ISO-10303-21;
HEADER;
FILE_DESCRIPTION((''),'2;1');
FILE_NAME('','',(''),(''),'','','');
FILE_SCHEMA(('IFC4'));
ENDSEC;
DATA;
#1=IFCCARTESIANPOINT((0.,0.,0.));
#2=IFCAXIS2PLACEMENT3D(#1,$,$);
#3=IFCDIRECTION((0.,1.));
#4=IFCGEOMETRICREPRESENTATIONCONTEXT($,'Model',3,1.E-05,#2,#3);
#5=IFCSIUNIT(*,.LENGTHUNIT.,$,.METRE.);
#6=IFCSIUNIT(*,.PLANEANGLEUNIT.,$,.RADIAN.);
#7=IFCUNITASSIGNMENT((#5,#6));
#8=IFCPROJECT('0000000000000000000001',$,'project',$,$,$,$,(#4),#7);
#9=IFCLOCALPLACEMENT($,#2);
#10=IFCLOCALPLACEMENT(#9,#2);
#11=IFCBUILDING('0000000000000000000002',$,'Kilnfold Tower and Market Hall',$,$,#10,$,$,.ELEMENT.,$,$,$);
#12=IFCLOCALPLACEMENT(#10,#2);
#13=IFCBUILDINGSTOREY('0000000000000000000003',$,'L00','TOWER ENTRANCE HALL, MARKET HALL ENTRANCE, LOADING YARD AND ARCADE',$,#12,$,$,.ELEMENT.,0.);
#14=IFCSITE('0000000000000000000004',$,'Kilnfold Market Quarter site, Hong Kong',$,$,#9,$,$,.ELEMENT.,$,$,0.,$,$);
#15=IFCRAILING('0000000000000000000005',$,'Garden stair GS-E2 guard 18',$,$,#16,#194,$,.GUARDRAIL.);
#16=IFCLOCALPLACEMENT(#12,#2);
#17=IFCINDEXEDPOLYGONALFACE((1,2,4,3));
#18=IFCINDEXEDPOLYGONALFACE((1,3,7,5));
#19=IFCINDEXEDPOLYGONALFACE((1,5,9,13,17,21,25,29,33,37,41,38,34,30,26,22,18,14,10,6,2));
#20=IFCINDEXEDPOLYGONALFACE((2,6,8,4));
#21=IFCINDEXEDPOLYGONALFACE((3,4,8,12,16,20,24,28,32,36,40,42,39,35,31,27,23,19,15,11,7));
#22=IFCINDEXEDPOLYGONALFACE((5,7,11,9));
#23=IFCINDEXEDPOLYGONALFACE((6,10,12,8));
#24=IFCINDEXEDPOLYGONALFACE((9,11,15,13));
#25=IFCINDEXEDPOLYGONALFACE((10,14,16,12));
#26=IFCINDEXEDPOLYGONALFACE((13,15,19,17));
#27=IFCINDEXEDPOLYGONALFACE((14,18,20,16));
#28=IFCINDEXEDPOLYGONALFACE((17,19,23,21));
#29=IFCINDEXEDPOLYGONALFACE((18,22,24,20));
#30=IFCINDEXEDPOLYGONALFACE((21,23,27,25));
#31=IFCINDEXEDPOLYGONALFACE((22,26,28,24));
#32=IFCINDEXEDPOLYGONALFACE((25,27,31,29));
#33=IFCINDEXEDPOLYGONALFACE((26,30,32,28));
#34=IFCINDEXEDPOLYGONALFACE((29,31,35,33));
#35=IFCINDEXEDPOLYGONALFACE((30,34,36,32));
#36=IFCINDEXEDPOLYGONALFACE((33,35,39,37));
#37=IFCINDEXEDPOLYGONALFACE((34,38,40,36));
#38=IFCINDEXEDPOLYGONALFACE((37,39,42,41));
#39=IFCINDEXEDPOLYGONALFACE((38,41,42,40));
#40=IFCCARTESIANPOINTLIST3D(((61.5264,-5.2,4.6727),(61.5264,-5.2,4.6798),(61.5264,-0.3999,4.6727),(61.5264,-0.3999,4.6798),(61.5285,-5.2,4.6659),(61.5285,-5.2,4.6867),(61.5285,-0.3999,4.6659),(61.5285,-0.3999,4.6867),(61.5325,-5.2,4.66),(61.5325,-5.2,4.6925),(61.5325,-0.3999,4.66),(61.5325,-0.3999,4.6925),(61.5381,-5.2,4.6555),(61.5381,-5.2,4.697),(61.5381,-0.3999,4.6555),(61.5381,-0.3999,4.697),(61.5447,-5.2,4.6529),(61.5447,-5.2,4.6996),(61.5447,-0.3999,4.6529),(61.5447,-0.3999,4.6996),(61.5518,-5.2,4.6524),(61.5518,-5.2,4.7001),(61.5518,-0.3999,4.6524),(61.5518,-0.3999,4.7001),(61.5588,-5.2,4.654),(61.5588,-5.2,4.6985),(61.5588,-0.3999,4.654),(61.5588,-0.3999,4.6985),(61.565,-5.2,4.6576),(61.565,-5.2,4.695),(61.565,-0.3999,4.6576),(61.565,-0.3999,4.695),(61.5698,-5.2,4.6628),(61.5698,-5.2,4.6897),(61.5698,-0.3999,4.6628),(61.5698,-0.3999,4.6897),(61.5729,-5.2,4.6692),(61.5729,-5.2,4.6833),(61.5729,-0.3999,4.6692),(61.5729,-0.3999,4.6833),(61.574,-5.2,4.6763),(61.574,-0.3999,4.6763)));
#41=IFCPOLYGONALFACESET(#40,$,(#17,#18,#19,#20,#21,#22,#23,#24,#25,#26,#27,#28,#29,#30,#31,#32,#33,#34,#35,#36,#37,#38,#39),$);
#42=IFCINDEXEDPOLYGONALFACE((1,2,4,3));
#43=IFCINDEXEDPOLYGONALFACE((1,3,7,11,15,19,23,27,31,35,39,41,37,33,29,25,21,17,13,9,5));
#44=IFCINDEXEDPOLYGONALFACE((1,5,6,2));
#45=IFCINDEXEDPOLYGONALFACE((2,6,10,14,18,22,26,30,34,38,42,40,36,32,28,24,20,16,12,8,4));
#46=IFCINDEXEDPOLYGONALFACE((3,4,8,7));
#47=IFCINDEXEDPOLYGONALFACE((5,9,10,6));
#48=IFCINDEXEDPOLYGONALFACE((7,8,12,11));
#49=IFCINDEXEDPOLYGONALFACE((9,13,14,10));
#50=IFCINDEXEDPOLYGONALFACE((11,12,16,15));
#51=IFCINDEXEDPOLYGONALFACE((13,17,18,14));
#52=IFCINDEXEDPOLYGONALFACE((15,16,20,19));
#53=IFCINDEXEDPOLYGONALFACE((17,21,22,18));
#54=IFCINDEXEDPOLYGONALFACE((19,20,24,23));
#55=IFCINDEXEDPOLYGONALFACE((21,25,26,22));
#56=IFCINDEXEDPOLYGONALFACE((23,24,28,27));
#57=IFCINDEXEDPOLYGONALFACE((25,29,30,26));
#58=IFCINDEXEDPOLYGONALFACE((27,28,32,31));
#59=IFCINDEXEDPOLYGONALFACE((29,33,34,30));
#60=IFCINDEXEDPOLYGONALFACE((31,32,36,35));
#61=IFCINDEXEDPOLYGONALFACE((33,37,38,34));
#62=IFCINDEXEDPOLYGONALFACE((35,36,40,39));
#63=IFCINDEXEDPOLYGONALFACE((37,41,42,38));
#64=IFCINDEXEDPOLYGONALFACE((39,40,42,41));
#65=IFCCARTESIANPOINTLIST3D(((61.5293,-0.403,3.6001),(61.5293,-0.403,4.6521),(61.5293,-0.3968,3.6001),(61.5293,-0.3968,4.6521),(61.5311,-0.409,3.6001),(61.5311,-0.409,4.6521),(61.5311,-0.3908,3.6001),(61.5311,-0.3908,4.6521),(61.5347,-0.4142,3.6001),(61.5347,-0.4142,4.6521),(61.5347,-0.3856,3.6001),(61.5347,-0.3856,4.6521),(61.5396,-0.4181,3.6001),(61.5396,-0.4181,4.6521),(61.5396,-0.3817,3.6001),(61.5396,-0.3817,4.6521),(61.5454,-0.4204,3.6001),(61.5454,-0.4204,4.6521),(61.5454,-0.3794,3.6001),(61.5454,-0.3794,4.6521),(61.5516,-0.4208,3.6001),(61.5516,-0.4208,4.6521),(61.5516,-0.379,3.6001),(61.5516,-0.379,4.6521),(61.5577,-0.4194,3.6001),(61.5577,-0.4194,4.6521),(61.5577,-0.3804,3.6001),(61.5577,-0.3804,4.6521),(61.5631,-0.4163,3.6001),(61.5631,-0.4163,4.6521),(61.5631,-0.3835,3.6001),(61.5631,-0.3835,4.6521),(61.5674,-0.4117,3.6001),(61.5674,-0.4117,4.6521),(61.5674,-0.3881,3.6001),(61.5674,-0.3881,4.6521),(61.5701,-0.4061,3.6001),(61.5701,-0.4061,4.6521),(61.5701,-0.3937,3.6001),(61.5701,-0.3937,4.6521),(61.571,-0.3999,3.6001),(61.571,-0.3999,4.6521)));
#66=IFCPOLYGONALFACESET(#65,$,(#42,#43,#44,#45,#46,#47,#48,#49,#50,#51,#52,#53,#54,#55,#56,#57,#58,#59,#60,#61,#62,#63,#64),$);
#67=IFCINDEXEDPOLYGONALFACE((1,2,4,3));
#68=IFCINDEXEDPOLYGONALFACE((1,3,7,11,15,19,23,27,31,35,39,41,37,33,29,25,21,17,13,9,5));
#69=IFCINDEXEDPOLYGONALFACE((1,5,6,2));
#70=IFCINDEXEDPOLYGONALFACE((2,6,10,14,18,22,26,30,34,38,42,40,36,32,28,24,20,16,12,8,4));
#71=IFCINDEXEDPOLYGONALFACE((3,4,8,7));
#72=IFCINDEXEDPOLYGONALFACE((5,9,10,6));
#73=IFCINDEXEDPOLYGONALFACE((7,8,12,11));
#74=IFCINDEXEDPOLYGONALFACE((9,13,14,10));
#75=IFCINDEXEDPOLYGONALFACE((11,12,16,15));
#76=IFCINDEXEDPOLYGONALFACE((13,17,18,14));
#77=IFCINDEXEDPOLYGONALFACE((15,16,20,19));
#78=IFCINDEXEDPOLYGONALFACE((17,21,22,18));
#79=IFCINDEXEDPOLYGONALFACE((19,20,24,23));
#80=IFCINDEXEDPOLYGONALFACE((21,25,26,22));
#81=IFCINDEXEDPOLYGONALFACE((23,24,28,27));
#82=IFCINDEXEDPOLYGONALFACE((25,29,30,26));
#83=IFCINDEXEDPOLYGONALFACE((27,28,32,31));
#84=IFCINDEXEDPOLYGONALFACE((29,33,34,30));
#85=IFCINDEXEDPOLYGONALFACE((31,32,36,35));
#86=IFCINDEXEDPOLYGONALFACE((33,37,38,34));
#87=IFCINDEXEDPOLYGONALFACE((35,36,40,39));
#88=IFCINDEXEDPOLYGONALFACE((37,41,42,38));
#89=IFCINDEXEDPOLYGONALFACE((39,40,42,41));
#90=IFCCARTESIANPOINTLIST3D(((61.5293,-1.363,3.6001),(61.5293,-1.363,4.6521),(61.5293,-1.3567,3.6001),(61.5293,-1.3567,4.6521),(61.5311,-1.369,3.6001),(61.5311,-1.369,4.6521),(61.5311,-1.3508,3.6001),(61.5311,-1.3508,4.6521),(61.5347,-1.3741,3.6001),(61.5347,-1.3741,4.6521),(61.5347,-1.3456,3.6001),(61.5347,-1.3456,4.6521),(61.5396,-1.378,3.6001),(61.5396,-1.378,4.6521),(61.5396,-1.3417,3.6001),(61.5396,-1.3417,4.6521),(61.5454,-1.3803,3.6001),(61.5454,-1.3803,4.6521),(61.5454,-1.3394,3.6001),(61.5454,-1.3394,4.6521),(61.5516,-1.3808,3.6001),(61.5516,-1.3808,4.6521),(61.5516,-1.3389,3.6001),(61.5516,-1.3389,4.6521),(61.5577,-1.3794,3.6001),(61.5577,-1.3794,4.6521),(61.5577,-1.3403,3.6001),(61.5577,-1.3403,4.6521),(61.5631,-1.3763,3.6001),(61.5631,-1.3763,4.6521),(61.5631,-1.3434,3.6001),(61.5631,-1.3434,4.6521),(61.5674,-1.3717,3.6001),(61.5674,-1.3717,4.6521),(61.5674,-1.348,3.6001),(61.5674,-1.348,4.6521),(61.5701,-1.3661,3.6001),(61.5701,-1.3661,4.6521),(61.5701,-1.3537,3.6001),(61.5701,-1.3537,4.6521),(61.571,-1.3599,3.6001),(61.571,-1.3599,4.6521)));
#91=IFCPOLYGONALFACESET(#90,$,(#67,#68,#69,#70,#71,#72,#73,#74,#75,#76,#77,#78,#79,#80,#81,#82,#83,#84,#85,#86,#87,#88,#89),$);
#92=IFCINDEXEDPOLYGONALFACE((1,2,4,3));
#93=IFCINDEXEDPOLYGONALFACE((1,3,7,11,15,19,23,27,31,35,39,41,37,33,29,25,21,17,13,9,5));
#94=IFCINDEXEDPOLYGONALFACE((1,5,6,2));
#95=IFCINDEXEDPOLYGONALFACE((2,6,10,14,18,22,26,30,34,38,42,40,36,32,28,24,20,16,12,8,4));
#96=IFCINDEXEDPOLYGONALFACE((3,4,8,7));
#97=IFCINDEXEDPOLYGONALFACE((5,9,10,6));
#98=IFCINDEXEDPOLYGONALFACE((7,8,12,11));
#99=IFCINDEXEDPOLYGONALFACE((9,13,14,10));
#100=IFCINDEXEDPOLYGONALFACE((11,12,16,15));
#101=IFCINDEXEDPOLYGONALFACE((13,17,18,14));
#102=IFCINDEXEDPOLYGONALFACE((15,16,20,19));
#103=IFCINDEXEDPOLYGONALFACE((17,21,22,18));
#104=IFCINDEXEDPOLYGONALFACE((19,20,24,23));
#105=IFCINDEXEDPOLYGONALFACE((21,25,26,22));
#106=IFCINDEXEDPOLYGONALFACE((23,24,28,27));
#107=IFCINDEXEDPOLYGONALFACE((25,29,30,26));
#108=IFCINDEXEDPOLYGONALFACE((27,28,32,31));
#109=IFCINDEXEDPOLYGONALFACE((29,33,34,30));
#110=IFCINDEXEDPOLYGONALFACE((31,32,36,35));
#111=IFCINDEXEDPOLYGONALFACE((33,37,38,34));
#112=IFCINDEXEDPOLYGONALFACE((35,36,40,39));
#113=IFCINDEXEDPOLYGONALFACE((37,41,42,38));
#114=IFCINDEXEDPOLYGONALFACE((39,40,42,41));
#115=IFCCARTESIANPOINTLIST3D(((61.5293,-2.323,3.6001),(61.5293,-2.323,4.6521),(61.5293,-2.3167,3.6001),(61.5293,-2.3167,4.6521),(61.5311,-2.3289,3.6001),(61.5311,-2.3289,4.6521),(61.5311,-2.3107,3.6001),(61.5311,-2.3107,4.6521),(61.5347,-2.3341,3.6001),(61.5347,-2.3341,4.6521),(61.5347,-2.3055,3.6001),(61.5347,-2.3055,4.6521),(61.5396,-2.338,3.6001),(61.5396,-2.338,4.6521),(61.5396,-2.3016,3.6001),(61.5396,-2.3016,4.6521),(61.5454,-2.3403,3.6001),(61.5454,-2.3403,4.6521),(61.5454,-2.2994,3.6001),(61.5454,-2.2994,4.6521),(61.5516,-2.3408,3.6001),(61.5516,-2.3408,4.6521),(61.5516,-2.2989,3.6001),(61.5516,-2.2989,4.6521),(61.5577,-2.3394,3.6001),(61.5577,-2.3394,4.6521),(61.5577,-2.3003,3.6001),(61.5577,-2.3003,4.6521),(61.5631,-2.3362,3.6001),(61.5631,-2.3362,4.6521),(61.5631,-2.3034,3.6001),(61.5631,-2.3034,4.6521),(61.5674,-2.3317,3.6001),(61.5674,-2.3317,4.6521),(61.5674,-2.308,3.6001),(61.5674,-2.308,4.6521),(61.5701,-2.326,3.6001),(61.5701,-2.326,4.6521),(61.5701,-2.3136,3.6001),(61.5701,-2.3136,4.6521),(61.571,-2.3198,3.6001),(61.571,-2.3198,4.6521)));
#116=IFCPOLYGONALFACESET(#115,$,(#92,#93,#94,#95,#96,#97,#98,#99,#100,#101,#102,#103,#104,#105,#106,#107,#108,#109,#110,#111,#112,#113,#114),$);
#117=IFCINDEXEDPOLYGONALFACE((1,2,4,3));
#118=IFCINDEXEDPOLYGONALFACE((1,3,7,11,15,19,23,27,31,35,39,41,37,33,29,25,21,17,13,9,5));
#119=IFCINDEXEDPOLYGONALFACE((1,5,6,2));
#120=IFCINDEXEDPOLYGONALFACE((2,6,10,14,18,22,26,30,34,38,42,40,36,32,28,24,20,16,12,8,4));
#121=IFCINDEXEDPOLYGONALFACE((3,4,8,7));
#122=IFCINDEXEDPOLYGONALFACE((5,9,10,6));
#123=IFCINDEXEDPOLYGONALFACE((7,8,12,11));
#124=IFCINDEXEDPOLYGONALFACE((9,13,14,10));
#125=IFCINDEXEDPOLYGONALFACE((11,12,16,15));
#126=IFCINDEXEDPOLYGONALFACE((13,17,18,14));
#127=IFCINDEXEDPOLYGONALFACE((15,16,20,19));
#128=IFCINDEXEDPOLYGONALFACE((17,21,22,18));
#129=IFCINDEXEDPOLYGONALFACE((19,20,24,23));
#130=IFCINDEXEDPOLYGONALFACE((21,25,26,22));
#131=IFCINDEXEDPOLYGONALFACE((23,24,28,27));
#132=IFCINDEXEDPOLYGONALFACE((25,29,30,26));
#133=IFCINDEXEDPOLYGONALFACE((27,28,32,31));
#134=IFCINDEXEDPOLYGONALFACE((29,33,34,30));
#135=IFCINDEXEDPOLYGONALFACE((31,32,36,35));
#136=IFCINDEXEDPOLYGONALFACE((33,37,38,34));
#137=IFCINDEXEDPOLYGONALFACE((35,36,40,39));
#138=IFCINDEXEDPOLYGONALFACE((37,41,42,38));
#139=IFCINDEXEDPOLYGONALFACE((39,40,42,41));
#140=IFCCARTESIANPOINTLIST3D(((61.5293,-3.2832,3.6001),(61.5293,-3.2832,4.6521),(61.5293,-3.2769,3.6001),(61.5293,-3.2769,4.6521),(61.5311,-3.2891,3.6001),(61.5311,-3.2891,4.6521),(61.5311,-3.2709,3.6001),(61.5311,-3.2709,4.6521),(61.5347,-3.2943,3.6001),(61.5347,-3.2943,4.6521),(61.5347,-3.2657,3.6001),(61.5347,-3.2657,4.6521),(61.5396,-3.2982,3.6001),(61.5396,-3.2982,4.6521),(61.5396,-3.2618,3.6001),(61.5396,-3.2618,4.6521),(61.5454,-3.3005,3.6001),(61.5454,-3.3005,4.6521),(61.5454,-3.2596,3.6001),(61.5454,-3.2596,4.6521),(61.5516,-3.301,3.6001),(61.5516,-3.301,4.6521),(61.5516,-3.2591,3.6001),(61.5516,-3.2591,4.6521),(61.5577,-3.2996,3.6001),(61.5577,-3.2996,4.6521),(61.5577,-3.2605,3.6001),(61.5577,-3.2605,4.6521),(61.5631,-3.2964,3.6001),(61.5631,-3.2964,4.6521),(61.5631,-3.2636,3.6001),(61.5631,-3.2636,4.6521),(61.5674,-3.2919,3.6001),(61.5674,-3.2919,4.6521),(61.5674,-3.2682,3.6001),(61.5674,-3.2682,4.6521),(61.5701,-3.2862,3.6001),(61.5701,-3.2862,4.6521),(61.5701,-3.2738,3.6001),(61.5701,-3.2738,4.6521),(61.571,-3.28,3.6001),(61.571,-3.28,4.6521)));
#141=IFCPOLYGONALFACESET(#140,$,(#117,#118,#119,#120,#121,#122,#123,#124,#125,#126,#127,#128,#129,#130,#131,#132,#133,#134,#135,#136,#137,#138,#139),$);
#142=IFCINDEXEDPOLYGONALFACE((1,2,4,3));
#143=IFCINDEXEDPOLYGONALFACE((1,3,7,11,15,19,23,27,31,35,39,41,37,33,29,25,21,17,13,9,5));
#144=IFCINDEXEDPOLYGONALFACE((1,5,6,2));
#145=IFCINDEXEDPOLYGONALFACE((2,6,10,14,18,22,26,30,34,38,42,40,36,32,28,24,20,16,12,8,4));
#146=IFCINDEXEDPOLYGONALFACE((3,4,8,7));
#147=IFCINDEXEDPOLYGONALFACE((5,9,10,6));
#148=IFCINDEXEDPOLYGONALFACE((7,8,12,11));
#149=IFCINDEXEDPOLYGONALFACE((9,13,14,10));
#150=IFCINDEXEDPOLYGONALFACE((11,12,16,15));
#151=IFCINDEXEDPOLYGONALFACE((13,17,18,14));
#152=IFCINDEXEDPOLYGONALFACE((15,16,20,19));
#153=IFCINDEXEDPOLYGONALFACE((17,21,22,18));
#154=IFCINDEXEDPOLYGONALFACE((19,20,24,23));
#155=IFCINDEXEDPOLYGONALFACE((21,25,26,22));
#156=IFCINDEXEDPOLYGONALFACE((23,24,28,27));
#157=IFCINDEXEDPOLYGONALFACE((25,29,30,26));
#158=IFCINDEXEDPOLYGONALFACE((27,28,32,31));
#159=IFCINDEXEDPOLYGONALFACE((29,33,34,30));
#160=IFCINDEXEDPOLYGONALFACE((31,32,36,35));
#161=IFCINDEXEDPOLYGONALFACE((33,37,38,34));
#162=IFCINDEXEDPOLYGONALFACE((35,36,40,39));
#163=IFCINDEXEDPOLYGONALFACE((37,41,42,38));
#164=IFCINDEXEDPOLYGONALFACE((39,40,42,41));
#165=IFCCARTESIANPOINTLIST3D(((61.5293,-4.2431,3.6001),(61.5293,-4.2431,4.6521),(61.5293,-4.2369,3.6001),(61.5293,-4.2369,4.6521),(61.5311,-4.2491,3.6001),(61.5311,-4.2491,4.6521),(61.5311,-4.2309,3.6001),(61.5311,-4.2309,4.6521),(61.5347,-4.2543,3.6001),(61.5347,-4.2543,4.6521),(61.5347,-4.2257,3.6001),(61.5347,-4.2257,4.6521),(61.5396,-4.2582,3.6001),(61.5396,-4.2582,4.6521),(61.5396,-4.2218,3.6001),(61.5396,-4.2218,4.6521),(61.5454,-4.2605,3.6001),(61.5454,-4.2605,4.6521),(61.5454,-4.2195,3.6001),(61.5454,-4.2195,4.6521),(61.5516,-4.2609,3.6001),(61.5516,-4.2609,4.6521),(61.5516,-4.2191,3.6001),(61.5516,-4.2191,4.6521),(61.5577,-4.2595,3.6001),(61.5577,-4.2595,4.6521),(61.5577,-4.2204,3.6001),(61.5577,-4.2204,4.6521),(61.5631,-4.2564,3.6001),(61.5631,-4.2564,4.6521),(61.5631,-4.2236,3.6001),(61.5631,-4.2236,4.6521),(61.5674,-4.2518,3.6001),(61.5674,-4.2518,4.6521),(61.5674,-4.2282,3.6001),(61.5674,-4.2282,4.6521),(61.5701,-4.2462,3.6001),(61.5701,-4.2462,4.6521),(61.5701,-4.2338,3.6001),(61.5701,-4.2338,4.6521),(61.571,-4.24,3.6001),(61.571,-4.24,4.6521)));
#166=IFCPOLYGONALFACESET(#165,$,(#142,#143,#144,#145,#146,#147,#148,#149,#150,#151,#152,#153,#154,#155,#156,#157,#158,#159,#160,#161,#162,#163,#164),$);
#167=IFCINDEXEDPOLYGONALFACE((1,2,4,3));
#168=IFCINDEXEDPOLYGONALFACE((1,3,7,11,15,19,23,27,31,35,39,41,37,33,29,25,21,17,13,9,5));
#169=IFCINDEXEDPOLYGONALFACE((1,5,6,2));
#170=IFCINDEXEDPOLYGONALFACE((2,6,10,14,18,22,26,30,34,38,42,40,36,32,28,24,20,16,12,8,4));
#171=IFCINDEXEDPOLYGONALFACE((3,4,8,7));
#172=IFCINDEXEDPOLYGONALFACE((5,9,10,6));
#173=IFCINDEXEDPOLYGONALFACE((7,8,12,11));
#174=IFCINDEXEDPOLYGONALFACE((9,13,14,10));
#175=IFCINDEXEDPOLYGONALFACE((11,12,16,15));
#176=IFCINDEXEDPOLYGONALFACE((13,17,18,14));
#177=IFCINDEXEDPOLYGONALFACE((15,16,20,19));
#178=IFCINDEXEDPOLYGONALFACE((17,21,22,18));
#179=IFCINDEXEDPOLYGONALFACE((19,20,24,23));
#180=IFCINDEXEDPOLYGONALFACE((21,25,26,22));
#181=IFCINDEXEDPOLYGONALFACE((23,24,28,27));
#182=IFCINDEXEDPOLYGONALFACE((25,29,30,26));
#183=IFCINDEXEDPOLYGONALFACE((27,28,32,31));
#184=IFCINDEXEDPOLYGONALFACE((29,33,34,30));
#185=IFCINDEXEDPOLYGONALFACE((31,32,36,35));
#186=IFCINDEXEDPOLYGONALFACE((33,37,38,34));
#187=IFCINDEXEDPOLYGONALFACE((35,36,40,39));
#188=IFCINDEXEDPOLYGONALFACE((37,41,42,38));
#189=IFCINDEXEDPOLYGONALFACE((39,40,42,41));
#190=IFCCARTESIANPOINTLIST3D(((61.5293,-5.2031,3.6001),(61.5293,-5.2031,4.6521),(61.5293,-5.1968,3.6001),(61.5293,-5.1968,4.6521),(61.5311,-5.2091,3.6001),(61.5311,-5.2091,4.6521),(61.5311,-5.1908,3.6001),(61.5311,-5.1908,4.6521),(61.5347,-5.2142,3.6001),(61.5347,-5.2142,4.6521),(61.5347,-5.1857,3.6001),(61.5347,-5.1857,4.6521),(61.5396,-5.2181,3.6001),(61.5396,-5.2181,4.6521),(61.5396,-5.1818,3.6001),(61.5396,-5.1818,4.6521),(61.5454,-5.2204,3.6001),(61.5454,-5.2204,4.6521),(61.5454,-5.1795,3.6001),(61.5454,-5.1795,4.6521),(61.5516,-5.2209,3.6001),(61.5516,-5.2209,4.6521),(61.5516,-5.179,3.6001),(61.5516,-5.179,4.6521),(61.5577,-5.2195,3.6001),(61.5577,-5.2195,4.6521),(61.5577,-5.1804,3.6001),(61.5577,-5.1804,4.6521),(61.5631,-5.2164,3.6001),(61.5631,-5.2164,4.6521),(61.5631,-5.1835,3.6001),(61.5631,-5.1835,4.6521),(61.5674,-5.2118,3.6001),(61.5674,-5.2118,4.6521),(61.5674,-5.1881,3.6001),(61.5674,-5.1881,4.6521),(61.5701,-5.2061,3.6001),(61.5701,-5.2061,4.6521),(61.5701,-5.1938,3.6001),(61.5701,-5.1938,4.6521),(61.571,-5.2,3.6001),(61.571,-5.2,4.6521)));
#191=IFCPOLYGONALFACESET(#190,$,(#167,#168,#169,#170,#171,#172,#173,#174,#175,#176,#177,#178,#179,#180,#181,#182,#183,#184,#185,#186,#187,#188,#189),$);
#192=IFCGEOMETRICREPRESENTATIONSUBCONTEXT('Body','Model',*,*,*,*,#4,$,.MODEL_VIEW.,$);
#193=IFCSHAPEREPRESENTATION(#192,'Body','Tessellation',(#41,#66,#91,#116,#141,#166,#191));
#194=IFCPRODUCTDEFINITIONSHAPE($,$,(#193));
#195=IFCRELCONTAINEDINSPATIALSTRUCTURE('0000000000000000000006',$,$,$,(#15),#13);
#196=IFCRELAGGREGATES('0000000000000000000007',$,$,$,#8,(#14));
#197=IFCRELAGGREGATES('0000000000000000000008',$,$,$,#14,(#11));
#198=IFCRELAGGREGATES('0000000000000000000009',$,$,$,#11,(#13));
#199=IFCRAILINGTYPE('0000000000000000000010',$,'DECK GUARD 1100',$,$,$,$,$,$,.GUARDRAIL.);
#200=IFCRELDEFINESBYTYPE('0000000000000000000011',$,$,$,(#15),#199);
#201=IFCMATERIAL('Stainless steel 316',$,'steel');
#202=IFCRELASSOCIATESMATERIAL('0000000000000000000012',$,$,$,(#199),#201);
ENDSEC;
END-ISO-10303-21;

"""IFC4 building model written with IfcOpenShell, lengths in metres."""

from ifc_helpers import new_model, si_unit, direction, frame, origin, origin_2d, place, context, subcontext, project, spatial, circle, extrude, material, type_object, element, save


model = new_model("IFC4")

# Units and contexts
model_context = context("Model", 3, precision=1e-05, world=origin(), true_north=direction((0.0, 1.0)))
body_context = subcontext(model_context, "Body", "Model", "MODEL_VIEW")
ifc_project = project(units=[si_unit("LENGTHUNIT", "METRE"), si_unit("PLANEANGLEUNIT", "RADIAN")], contexts=[model_context])

# Site, building, storey
site_placement = place(None, origin())
site = spatial("IfcSite", under=ifc_project, at=site_placement, Name="Kilnfold Market Quarter site, Hong Kong", CompositionType="ELEMENT", RefElevation=0.0)
building_placement = place(site_placement, origin())
building = spatial("IfcBuilding", under=site, at=building_placement, Name="Kilnfold Tower and Market Hall", CompositionType="ELEMENT")
storey_placement = place(building_placement, origin())
storey = spatial("IfcBuildingStorey", under=building, at=storey_placement, Name="L00", Description="TOWER ENTRANCE HALL, MARKET HALL ENTRANCE, LOADING YARD AND ARCADE", CompositionType="ELEMENT", Elevation=0.0)

# Railing
ifc_material_1 = material(Name="Stainless steel 316", Category="steel")
railing_type_1 = type_object("IfcRailingType", Name="DECK GUARD 1100", PredefinedType="GUARDRAIL", material=ifc_material_1)
railing_1_placement = place(storey_placement, frame((61.55, -0.3999, 3.6001)))
element("IfcRailing", 1, at=railing_1_placement, inside=storey, type_object=railing_type_1, Name="Garden stair GS-E2 guard 18", PredefinedType="GUARDRAIL", context=body_context, shape_type="SweptSolid", body=[
    extrude(circle(Radius=0.0239, at=origin_2d()), frame((0.0, 0.0, 1.0762), z_axis=(0.0, -1.0, 0.0), x_axis=(1.0, 0.0, 0.0)), (0.0, 0.0, 1.0), 4.8),
    extrude(circle(Radius=0.021, at=origin_2d()), origin(), (0.0, 0.0, 1.0), 1.052),
    extrude(circle(Radius=0.021, at=origin_2d()), frame((0.0, -0.96, 0.0)), (0.0, 0.0, 1.0), 1.052),
    extrude(circle(Radius=0.021, at=origin_2d()), frame((0.0, -1.9199, 0.0)), (0.0, 0.0, 1.0), 1.052),
    extrude(circle(Radius=0.021, at=origin_2d()), frame((0.0, -2.8801, 0.0)), (0.0, 0.0, 1.0), 1.052),
    extrude(circle(Radius=0.021, at=origin_2d()), frame((0.0, -3.8401, 0.0)), (0.0, 0.0, 1.0), 1.052),
    extrude(circle(Radius=0.021, at=origin_2d()), frame((0.0, -4.8, 0.0)), (0.0, 0.0, 1.0), 1.052),
])

save(model, "model.ifc")
